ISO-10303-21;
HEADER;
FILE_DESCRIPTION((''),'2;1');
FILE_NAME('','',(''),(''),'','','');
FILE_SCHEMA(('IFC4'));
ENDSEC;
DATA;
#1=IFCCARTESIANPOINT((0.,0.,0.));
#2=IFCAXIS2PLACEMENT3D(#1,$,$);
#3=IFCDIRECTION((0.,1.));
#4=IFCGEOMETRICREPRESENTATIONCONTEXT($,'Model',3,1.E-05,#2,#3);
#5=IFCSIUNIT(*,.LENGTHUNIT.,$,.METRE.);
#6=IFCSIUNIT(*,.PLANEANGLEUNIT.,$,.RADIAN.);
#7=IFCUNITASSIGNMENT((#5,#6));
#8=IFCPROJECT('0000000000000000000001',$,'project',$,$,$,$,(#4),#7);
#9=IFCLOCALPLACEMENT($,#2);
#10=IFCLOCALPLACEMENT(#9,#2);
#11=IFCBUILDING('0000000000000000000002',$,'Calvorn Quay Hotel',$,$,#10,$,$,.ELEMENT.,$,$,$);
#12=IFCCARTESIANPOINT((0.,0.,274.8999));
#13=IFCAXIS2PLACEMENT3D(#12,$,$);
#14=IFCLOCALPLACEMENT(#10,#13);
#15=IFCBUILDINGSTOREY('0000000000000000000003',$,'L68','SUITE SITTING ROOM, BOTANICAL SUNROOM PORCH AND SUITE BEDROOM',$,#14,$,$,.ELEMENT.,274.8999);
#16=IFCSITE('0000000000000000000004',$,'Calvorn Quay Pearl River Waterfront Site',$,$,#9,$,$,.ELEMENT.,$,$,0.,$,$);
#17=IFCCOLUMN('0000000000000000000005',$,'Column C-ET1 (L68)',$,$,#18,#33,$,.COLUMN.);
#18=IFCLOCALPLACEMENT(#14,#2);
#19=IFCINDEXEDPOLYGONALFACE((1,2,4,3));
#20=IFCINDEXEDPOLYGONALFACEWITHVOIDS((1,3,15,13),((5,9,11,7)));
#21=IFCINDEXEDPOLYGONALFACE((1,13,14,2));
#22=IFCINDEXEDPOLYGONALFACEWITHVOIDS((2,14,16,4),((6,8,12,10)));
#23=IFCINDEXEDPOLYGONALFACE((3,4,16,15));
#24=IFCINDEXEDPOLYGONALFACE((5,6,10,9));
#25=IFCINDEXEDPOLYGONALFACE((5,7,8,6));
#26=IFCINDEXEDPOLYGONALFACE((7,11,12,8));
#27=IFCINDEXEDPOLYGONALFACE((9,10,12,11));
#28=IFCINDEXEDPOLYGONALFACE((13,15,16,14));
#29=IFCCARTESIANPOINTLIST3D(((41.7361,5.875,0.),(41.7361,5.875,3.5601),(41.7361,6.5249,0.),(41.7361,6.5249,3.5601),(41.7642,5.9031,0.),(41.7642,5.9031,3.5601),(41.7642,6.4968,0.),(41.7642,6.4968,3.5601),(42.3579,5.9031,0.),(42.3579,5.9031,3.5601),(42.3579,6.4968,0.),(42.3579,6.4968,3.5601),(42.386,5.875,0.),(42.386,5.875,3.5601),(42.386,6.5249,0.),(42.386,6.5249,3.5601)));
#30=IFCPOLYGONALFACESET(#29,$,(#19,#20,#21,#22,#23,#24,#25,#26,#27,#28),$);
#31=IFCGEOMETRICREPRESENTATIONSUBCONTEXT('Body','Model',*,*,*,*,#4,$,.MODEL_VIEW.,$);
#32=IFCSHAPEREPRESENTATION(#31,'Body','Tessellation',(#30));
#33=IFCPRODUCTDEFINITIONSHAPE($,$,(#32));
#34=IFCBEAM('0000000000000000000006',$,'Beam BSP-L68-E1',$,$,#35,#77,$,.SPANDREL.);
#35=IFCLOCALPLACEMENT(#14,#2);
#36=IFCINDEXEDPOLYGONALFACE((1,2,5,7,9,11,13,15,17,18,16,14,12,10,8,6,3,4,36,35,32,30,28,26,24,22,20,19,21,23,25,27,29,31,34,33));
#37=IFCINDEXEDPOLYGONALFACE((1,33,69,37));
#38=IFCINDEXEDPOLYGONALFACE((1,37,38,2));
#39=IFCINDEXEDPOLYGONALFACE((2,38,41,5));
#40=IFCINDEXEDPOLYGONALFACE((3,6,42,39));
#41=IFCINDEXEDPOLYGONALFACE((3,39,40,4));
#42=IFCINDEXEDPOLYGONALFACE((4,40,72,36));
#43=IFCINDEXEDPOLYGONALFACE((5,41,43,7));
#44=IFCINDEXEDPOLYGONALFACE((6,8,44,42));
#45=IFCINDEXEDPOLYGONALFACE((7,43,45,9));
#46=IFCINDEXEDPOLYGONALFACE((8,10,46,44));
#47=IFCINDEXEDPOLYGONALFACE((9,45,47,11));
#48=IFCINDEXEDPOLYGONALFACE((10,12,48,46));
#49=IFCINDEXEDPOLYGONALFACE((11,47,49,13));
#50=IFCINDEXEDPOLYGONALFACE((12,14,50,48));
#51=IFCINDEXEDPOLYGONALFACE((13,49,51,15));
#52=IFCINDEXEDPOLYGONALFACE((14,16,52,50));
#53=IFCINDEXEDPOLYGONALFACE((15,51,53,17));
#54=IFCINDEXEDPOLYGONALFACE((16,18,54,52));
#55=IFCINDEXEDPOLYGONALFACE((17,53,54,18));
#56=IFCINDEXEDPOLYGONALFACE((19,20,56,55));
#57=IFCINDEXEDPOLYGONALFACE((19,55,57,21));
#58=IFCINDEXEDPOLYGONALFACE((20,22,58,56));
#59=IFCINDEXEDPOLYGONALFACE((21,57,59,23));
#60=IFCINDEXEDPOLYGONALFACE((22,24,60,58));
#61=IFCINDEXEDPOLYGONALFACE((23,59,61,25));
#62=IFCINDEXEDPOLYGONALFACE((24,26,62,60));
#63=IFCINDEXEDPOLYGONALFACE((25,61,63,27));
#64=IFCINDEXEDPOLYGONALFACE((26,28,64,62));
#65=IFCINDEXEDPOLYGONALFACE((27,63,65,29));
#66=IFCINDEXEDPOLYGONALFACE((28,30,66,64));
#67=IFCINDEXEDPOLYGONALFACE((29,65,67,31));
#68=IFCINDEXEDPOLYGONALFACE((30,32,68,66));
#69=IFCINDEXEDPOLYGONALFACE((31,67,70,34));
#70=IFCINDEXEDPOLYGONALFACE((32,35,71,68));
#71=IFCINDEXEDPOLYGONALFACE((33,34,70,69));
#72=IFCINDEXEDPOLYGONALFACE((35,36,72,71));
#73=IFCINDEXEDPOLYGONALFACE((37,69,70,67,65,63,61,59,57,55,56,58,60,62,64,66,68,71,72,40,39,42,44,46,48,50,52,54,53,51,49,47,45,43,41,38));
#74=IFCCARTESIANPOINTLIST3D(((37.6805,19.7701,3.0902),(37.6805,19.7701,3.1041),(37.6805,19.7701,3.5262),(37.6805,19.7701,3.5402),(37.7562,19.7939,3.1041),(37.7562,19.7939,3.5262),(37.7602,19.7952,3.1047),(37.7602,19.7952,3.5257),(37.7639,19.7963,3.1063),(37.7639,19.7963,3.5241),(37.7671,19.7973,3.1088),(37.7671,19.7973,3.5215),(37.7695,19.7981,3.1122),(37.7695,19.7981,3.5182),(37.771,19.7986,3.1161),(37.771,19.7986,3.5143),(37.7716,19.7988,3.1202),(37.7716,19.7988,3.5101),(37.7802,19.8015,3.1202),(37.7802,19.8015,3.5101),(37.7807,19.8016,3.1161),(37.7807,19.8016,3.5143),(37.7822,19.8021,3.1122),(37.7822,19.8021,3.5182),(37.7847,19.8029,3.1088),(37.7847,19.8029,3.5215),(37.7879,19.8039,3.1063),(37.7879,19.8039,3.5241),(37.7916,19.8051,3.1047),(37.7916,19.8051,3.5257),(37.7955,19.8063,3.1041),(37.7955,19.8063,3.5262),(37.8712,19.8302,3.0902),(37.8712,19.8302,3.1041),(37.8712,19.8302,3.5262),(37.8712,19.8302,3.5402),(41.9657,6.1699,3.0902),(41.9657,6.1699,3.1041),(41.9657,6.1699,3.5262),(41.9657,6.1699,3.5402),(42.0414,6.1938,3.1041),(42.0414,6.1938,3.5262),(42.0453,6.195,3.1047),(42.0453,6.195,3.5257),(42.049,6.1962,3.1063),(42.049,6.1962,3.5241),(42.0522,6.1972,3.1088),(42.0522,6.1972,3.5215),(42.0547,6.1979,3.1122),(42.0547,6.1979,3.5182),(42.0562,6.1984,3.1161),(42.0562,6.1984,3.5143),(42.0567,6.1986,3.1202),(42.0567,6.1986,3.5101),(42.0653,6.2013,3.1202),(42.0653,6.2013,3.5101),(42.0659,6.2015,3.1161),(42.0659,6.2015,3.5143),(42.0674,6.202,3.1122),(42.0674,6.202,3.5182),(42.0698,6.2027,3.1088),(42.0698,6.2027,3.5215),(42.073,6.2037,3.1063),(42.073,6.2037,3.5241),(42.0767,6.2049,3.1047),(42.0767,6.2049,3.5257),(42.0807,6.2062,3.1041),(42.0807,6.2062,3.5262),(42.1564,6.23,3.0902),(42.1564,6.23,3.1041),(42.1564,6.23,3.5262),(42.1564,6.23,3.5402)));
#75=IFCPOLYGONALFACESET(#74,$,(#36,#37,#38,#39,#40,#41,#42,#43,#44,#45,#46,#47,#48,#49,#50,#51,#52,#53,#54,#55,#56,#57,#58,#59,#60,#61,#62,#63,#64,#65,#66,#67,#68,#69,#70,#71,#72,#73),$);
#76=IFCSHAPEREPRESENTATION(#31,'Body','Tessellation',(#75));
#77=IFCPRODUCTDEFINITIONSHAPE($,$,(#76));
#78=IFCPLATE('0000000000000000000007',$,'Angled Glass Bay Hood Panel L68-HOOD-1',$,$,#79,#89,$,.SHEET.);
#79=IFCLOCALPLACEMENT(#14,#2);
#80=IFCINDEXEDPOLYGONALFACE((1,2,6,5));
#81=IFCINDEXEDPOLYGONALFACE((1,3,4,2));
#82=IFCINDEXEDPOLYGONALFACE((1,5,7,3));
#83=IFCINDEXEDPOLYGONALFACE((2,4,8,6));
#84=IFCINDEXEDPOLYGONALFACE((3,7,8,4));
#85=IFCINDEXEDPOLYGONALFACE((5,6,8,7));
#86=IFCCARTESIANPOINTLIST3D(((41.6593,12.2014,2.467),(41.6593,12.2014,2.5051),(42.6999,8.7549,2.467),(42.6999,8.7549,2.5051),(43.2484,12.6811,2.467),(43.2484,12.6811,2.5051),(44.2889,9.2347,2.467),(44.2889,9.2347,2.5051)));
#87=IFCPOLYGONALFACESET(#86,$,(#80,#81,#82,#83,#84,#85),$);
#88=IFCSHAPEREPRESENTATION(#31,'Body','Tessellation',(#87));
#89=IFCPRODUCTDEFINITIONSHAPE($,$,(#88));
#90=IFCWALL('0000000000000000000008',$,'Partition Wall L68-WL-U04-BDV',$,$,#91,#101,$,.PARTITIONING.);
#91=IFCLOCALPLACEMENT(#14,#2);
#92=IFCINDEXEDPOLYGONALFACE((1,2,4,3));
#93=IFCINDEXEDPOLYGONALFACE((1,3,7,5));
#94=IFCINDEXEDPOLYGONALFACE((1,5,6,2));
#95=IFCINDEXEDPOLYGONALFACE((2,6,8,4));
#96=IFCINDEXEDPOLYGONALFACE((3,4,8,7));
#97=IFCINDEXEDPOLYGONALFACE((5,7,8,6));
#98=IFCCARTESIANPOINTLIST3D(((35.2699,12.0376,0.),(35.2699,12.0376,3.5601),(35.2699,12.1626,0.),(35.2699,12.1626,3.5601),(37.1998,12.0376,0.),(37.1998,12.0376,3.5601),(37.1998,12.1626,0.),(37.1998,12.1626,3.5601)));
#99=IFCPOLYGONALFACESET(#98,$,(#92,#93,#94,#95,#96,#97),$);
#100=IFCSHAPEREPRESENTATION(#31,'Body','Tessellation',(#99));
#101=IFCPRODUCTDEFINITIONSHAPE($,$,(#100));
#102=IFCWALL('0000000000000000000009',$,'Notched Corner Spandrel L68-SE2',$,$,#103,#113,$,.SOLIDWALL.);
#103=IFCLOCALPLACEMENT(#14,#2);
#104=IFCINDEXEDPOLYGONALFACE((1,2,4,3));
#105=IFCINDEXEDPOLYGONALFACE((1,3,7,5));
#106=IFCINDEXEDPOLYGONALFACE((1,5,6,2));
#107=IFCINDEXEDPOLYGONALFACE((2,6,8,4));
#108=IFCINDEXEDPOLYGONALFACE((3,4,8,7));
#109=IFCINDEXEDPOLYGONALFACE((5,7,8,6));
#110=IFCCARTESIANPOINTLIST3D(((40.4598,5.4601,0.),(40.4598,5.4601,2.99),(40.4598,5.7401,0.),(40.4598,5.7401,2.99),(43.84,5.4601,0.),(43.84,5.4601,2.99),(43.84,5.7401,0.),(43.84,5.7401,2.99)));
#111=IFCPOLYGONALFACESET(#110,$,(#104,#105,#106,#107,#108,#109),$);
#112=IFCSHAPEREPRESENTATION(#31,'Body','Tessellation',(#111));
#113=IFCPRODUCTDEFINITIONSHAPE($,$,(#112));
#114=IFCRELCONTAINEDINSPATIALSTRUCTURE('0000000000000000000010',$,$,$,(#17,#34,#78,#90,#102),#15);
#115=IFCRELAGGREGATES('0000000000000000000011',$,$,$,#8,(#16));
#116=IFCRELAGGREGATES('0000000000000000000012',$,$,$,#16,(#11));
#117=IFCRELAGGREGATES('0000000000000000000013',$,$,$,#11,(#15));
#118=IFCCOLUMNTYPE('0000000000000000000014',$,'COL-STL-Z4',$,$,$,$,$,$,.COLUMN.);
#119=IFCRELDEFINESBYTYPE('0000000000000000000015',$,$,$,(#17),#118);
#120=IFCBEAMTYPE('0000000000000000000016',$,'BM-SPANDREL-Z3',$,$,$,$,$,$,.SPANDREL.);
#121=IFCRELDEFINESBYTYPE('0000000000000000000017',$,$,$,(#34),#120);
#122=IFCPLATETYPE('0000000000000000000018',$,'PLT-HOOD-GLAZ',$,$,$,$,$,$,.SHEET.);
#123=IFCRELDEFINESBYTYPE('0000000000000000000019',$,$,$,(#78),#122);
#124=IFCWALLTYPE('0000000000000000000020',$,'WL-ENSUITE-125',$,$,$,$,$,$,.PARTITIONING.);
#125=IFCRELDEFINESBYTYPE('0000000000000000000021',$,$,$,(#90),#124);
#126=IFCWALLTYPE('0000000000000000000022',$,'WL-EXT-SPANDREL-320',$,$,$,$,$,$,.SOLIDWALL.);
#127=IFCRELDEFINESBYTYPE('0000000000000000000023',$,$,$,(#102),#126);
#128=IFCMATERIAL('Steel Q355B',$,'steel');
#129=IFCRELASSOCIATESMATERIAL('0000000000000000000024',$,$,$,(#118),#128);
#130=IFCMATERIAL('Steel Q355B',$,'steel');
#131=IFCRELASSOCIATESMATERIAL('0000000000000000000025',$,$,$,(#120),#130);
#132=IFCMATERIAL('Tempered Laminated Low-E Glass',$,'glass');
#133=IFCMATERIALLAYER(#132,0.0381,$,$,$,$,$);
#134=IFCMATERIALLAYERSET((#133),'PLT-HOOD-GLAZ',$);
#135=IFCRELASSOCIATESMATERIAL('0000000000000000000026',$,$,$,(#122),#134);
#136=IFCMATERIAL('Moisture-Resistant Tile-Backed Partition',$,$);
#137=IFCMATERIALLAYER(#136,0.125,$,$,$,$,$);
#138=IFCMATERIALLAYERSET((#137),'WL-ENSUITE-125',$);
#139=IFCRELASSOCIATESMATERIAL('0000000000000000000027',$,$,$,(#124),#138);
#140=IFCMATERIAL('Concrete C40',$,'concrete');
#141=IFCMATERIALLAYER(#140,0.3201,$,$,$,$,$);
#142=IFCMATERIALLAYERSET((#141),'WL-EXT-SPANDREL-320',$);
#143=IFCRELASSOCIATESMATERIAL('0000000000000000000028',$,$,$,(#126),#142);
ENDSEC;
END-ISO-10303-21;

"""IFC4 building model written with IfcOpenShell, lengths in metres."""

from ifc_helpers import new_model, si_unit, direction, frame, frame_2d, origin, origin_2d, place, context, subcontext, project, spatial, rectangle, hollow_rectangle, i_section, extrude, material, layer, layer_set, material_profile, profile_set, type_object, element, save


model = new_model("IFC4")

# Units and contexts
model_context = context("Model", 3, precision=1e-05, world=origin(), true_north=direction((0.0, 1.0)))
body_context = subcontext(model_context, "Body", "Model", "MODEL_VIEW")
ifc_project = project(units=[si_unit("LENGTHUNIT", "METRE"), si_unit("PLANEANGLEUNIT", "RADIAN")], contexts=[model_context])

# Site, building, storey
site_placement = place(None, origin())
site = spatial("IfcSite", under=ifc_project, at=site_placement, Name="Calvorn Quay Pearl River Waterfront Site", CompositionType="ELEMENT", RefElevation=0.0)
building_placement = place(site_placement, origin())
building = spatial("IfcBuilding", under=site, at=building_placement, Name="Calvorn Quay Hotel", CompositionType="ELEMENT")
storey_placement = place(building_placement, frame((0.0, 0.0, 274.8999)))
storey = spatial("IfcBuildingStorey", under=building, at=storey_placement, Name="L68", Description="SUITE SITTING ROOM, BOTANICAL SUNROOM PORCH AND SUITE BEDROOM", CompositionType="ELEMENT", Elevation=274.8999)

# Column
ifc_material_1 = material(Name="Steel Q355B", Category="steel")
ifc_material_profile_1 = material_profile(ifc_material_1, hollow_rectangle(XDim=0.6499, YDim=0.6499, WallThickness=0.0281, at=origin_2d()), Name="BOX650x650x28")
ifc_profile_set_1 = profile_set([ifc_material_profile_1], Name="Steel Q355B")
column_type = type_object("IfcColumnType", Name="COL-STL-Z4", PredefinedType="COLUMN", material=ifc_profile_set_1)
column_placement = place(storey_placement, frame((42.061, 6.2, 0.0), z_axis=(0.0, 0.0, 1.0), x_axis=(1.0, 0.0, 0.0)))
element("IfcColumn", 1, at=column_placement, inside=storey, type_object=column_type, Name="Column C-ET1 (L68)", PredefinedType="COLUMN", context=body_context, shape_type="SweptSolid", body=[
    extrude(hollow_rectangle(XDim=0.6499, YDim=0.6499, WallThickness=0.0281, at=origin_2d()), origin(), (0.0, 0.0, 1.0), 3.5601),
])

# Beam
ifc_material_2 = material(Name="Steel Q355B", Category="steel")
ifc_material_profile_2 = material_profile(ifc_material_2, i_section(OverallWidth=0.2, OverallDepth=0.45, WebThickness=0.009, FlangeThickness=0.0139, FilletRadius=0.0161, at=origin_2d()), Name="HN450x200x9x14")
ifc_profile_set_2 = profile_set([ifc_material_profile_2], Name="Steel Q355B")
beam_type = type_object("IfcBeamType", Name="BM-SPANDREL-Z3", PredefinedType="SPANDREL", material=ifc_profile_set_2)
beam_placement = place(storey_placement, frame((42.061, 6.2, 3.3152), z_axis=(-0.300518, 0.953776, 0.0), x_axis=(-0.953776, -0.300518, 0.0)))
element("IfcBeam", 2, at=beam_placement, inside=storey, type_object=beam_type, Name="Beam BSP-L68-E1", PredefinedType="SPANDREL", context=body_context, shape_type="SweptSolid", body=[
    extrude(i_section(OverallWidth=0.2, OverallDepth=0.45, WebThickness=0.009, FlangeThickness=0.0139, FilletRadius=0.0161, at=origin_2d()), origin(), (0.0, 0.0, 1.0), 14.2593),
])

# Plate
ifc_material_3 = material(Name="Tempered Laminated Low-E Glass", Category="glass")
ifc_layer_1 = layer(ifc_material_3, 0.0381)
ifc_layer_set_1 = layer_set([ifc_layer_1], Name="PLT-HOOD-GLAZ")
plate_type = type_object("IfcPlateType", Name="PLT-HOOD-GLAZ", PredefinedType="SHEET", material=ifc_layer_set_1)
plate_placement = place(storey_placement, frame((42.9741, 10.718, 2.467), z_axis=(0.0, 0.0, 1.0), x_axis=(0.957319, 0.289032, 0.0)))
element("IfcPlate", 3, at=plate_placement, inside=storey, type_object=plate_type, Name="Angled Glass Bay Hood Panel L68-HOOD-1", PredefinedType="SHEET", context=body_context, shape_type="SweptSolid", body=[
    extrude(rectangle(XDim=1.6599, YDim=3.6001, at=origin_2d()), origin(), (0.0, 0.0, 1.0), 0.0381),
])

# Walls
ifc_material_4 = material(Name="Moisture-Resistant Tile-Backed Partition")
ifc_layer_2 = layer(ifc_material_4, 0.125)
ifc_layer_set_2 = layer_set([ifc_layer_2], Name="WL-ENSUITE-125")
wall_type_1 = type_object("IfcWallType", Name="WL-ENSUITE-125", PredefinedType="PARTITIONING", material=ifc_layer_set_2)
wall_1_placement = place(storey_placement, frame((35.27, 12.1001, 0.0), z_axis=(0.0, 0.0, 1.0), x_axis=(1.0, 0.0, 0.0)))
element("IfcWall", 4, at=wall_1_placement, inside=storey, type_object=wall_type_1, Name="Partition Wall L68-WL-U04-BDV", PredefinedType="PARTITIONING", context=body_context, shape_type="SweptSolid", body=[
    extrude(rectangle(XDim=1.9299, YDim=0.125, at=frame_2d((0.9648, 0.0))), origin(), (0.0, 0.0, 1.0), 3.5601),
])
ifc_material_5 = material(Name="Concrete C40", Category="concrete")
ifc_layer_3 = layer(ifc_material_5, 0.3201)
ifc_layer_set_3 = layer_set([ifc_layer_3], Name="WL-EXT-SPANDREL-320")
wall_type_2 = type_object("IfcWallType", Name="WL-EXT-SPANDREL-320", PredefinedType="SOLIDWALL", material=ifc_layer_set_3)
wall_2_placement = place(storey_placement, frame((40.46, 5.6001, 0.0), z_axis=(0.0, 0.0, 1.0), x_axis=(1.0, 0.0, 0.0)))
element("IfcWall", 5, at=wall_2_placement, inside=storey, type_object=wall_type_2, Name="Notched Corner Spandrel L68-SE2", PredefinedType="SOLIDWALL", context=body_context, shape_type="SweptSolid", body=[
    extrude(rectangle(XDim=3.3801, YDim=0.28, at=frame_2d((1.6899, 0.0))), origin(), (0.0, 0.0, 1.0), 2.99),
])

save(model, "model.ifc")
